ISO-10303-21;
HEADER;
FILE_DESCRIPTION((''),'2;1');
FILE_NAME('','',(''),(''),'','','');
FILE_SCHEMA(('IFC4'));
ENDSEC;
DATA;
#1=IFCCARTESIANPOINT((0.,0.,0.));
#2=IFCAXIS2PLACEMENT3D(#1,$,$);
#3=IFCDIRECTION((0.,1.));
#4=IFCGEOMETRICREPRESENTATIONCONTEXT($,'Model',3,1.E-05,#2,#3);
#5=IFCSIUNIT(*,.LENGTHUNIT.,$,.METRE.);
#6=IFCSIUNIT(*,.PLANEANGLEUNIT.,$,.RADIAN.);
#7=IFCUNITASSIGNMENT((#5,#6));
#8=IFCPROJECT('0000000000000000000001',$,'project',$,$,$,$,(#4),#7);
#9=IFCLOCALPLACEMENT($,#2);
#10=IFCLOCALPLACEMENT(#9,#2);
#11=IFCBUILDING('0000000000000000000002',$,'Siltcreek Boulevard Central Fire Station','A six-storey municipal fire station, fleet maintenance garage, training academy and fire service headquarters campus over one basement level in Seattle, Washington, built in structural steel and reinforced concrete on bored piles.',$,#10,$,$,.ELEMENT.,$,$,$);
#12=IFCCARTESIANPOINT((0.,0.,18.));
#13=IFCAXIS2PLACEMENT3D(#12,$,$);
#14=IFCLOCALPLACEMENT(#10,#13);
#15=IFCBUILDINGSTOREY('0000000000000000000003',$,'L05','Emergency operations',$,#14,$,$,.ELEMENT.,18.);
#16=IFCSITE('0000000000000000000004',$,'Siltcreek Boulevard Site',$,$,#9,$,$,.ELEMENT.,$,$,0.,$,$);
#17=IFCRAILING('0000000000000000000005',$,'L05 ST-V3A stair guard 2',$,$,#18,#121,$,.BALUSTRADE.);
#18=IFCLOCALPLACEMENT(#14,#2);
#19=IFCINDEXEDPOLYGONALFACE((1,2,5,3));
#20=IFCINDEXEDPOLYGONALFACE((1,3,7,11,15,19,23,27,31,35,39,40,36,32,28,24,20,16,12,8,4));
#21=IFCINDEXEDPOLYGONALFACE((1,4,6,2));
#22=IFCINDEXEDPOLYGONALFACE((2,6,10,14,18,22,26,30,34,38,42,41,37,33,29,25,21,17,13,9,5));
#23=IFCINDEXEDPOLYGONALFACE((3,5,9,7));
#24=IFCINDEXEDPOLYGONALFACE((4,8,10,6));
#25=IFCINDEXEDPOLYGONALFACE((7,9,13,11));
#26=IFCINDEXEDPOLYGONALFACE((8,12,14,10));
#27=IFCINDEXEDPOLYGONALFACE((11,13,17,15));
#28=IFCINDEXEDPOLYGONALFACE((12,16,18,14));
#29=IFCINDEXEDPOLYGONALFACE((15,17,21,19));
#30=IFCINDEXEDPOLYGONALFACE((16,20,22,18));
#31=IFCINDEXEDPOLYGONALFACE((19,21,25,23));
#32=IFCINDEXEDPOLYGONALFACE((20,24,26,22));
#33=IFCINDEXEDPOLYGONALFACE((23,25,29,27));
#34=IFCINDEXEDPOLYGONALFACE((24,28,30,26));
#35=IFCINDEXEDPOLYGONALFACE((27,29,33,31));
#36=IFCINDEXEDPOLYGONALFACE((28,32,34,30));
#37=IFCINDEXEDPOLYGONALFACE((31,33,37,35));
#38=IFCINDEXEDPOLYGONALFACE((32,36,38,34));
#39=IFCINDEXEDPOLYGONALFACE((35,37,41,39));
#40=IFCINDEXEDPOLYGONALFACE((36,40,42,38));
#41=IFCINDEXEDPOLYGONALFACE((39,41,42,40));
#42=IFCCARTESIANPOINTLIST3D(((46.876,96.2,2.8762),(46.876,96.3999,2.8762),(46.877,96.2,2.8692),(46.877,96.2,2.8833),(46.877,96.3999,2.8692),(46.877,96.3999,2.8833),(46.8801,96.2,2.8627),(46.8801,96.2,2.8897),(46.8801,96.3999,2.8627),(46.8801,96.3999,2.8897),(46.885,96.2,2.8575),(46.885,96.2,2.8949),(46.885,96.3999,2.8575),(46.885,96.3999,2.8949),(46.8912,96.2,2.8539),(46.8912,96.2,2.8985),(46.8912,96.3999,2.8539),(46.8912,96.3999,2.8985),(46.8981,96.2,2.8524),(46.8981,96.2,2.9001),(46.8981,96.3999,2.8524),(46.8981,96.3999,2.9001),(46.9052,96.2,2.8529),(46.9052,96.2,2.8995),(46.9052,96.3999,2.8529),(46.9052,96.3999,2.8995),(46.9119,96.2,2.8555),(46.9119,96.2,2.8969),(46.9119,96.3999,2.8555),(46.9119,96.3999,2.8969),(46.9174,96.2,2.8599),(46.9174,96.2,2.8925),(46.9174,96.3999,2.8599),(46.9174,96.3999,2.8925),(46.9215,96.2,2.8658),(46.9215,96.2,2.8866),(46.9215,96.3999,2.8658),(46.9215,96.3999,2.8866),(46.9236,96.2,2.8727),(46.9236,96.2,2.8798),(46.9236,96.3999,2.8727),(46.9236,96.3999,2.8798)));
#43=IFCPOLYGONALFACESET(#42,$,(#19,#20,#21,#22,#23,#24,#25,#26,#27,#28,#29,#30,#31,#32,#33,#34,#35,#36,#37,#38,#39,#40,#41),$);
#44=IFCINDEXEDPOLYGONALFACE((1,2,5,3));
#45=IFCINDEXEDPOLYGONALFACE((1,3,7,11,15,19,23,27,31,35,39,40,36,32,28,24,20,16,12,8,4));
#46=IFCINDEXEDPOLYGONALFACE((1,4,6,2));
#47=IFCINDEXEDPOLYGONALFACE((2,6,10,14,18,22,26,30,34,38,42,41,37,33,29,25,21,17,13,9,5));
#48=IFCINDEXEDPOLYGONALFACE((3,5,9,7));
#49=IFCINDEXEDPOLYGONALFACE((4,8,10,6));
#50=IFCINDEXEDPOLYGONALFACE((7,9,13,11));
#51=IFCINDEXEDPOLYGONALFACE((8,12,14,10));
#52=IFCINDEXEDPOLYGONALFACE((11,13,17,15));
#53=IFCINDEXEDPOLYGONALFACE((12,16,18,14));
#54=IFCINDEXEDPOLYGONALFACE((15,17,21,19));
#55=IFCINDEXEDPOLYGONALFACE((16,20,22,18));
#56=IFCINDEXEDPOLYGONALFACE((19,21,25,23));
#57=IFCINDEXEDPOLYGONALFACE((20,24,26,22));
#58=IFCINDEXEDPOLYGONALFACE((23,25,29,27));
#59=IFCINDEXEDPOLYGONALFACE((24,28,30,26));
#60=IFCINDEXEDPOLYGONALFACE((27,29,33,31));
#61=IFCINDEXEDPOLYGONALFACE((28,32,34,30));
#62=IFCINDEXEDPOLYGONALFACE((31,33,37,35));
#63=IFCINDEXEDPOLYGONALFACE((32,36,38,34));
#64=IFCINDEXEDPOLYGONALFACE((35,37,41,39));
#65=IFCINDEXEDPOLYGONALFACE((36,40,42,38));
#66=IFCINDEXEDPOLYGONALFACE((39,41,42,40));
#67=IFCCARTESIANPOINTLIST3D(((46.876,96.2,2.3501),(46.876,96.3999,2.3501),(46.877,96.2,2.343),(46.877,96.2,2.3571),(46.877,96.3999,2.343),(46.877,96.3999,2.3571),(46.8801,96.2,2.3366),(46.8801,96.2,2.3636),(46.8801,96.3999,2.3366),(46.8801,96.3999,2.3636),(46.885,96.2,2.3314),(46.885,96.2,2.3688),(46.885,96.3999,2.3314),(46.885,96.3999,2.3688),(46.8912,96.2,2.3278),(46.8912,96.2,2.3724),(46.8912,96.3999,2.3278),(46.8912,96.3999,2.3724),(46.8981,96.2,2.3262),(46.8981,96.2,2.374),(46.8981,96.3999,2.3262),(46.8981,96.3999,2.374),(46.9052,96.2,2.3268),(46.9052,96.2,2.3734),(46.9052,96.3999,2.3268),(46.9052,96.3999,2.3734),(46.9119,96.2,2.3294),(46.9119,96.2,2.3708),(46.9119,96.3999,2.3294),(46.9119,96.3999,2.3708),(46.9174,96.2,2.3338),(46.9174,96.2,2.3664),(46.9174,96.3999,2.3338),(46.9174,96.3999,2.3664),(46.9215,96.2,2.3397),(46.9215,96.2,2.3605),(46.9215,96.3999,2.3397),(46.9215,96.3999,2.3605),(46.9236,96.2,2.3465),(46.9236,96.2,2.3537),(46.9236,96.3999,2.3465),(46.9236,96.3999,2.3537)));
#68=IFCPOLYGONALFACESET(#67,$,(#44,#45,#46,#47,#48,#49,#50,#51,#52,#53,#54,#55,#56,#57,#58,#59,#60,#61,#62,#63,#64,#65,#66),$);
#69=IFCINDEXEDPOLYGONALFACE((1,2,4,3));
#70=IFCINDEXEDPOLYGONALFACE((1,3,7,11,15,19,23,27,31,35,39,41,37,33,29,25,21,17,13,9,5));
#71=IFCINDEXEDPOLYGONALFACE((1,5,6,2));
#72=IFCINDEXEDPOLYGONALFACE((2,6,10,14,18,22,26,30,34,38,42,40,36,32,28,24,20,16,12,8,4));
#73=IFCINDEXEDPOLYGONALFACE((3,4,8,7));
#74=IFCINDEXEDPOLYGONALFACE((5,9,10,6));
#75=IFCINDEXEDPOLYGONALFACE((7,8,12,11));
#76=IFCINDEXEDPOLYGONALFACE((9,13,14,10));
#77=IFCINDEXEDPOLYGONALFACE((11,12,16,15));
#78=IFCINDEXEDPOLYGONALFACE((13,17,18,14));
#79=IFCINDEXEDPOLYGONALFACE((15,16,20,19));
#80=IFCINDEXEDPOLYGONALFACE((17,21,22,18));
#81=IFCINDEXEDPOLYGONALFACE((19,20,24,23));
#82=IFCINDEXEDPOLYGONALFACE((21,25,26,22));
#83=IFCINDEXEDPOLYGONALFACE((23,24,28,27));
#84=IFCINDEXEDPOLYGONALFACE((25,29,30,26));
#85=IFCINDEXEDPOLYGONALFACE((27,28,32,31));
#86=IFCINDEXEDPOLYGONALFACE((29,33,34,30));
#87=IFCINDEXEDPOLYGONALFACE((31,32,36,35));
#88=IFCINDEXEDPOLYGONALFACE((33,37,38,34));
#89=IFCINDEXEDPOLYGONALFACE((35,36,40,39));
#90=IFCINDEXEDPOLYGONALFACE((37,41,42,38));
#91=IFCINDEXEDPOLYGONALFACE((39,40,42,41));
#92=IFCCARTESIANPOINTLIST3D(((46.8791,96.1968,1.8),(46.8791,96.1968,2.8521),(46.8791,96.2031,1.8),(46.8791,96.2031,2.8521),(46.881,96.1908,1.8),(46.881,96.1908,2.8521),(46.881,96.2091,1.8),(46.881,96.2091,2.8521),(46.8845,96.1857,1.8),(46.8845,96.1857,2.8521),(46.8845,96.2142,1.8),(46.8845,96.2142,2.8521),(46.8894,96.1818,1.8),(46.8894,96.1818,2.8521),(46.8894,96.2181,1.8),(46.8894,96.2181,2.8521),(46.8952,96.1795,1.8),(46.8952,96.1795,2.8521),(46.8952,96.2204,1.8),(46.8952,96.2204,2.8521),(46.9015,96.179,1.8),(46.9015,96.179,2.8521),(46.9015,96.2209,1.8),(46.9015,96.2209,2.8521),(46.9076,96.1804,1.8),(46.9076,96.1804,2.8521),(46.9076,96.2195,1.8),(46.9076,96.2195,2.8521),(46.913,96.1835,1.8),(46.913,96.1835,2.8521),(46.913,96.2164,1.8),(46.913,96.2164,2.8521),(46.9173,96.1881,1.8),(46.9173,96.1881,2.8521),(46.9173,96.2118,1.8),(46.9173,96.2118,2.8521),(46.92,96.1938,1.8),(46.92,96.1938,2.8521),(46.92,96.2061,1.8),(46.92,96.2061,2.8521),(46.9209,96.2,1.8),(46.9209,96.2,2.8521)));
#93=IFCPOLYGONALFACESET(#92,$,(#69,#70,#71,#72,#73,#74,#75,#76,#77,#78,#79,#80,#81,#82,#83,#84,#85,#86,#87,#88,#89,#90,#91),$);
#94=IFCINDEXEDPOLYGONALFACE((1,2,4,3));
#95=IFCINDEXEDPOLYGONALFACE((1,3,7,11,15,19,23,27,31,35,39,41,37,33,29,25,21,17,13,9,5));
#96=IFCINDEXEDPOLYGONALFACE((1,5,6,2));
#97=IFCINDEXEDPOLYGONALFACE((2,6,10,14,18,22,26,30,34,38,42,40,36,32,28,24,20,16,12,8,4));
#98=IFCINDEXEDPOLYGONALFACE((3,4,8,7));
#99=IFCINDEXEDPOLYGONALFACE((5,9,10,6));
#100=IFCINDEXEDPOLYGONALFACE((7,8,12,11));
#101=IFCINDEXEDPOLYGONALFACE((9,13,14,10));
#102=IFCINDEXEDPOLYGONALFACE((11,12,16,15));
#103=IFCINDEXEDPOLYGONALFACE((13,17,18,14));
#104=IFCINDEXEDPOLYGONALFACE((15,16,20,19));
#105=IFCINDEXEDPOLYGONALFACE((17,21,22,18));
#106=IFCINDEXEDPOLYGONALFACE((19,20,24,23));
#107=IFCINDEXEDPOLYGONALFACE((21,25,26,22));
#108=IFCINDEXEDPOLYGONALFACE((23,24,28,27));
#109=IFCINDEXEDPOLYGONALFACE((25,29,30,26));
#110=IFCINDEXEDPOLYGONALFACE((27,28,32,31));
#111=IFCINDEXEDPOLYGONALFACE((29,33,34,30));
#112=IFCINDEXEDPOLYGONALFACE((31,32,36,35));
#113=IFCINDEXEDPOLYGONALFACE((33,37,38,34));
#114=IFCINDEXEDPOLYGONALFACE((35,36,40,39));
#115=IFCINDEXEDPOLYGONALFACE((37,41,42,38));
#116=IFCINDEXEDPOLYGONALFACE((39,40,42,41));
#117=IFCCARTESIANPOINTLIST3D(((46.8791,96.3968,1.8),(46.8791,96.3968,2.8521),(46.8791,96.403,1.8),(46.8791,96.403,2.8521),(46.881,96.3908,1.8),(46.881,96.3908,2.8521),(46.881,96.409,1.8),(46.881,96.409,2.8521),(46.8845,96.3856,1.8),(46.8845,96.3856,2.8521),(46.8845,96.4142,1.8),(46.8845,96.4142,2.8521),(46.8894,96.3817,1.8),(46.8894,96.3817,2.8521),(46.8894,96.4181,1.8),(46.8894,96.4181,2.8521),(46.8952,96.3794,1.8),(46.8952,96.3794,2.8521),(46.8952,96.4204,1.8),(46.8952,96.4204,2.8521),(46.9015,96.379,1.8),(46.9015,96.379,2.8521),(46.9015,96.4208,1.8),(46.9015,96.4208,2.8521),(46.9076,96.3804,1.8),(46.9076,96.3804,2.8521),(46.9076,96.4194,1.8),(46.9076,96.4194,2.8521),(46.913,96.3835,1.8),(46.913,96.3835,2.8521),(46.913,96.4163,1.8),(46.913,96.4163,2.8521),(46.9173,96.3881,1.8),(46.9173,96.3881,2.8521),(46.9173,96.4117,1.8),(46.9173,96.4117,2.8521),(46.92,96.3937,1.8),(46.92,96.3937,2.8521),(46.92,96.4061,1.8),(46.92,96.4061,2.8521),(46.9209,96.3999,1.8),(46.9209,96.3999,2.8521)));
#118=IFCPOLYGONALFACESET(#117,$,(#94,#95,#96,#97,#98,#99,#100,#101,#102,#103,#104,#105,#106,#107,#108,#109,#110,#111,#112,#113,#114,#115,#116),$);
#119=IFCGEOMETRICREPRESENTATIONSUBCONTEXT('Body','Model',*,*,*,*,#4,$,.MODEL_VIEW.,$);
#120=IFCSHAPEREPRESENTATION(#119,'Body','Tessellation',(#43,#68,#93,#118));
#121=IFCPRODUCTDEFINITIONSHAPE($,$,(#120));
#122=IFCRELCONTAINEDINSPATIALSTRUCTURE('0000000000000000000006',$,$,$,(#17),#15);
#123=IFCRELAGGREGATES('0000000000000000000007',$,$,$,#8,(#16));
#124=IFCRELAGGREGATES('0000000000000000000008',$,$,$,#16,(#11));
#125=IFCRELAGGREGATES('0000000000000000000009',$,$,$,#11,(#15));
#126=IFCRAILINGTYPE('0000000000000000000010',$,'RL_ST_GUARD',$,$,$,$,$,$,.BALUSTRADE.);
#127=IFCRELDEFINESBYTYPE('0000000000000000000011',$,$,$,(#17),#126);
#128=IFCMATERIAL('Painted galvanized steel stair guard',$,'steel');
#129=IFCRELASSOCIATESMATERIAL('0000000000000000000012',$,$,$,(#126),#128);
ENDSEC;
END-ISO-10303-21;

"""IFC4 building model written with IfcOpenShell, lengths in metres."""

from ifc_helpers import new_model, si_unit, direction, frame, origin, origin_2d, place, context, subcontext, project, spatial, circle, extrude, material, type_object, element, save


model = new_model("IFC4")

# Units and contexts
model_context = context("Model", 3, precision=1e-05, world=origin(), true_north=direction((0.0, 1.0)))
body_context = subcontext(model_context, "Body", "Model", "MODEL_VIEW")
ifc_project = project(units=[si_unit("LENGTHUNIT", "METRE"), si_unit("PLANEANGLEUNIT", "RADIAN")], contexts=[model_context])

# Site, building, storey
site_placement = place(None, origin())
site = spatial("IfcSite", under=ifc_project, at=site_placement, Name="Siltcreek Boulevard Site", CompositionType="ELEMENT", RefElevation=0.0)
building_placement = place(site_placement, origin())
building = spatial("IfcBuilding", under=site, at=building_placement, Name="Siltcreek Boulevard Central Fire Station", Description="A six-storey municipal fire station, fleet maintenance garage, training academy and fire service headquarters campus over one basement level in Seattle, Washington, built in structural steel and reinforced concrete on bored piles.", CompositionType="ELEMENT")
storey_placement = place(building_placement, frame((0.0, 0.0, 18.0)))
storey = spatial("IfcBuildingStorey", under=building, at=storey_placement, Name="L05", Description="Emergency operations", CompositionType="ELEMENT", Elevation=18.0)

# Railing
ifc_material_1 = material(Name="Painted galvanized steel stair guard", Category="steel")
railing_type_1 = type_object("IfcRailingType", Name="RL_ST_GUARD", PredefinedType="BALUSTRADE", material=ifc_material_1)
railing_1_placement = place(storey_placement, frame((46.8999, 96.2, 1.8)))
element("IfcRailing", 1, at=railing_1_placement, inside=storey, type_object=railing_type_1, Name="L05 ST-V3A stair guard 2", PredefinedType="BALUSTRADE", context=body_context, shape_type="SweptSolid", body=[
    extrude(circle(Radius=0.0239, at=origin_2d()), frame((0.0, 0.0, 1.0762), z_axis=(0.0, 1.0, 0.0), x_axis=(-1.0, 0.0, 0.0)), (0.0, 0.0, 1.0), 0.2),
    extrude(circle(Radius=0.0239, at=origin_2d()), frame((0.0, 0.0, 0.55), z_axis=(0.0, 1.0, 0.0), x_axis=(-1.0, 0.0, 0.0)), (0.0, 0.0, 1.0), 0.2),
    extrude(circle(Radius=0.021, at=origin_2d()), origin(), (0.0, 0.0, 1.0), 1.052),
    extrude(circle(Radius=0.021, at=origin_2d()), frame((0.0, 0.2, 0.0)), (0.0, 0.0, 1.0), 1.052),
])

save(model, "model.ifc")
